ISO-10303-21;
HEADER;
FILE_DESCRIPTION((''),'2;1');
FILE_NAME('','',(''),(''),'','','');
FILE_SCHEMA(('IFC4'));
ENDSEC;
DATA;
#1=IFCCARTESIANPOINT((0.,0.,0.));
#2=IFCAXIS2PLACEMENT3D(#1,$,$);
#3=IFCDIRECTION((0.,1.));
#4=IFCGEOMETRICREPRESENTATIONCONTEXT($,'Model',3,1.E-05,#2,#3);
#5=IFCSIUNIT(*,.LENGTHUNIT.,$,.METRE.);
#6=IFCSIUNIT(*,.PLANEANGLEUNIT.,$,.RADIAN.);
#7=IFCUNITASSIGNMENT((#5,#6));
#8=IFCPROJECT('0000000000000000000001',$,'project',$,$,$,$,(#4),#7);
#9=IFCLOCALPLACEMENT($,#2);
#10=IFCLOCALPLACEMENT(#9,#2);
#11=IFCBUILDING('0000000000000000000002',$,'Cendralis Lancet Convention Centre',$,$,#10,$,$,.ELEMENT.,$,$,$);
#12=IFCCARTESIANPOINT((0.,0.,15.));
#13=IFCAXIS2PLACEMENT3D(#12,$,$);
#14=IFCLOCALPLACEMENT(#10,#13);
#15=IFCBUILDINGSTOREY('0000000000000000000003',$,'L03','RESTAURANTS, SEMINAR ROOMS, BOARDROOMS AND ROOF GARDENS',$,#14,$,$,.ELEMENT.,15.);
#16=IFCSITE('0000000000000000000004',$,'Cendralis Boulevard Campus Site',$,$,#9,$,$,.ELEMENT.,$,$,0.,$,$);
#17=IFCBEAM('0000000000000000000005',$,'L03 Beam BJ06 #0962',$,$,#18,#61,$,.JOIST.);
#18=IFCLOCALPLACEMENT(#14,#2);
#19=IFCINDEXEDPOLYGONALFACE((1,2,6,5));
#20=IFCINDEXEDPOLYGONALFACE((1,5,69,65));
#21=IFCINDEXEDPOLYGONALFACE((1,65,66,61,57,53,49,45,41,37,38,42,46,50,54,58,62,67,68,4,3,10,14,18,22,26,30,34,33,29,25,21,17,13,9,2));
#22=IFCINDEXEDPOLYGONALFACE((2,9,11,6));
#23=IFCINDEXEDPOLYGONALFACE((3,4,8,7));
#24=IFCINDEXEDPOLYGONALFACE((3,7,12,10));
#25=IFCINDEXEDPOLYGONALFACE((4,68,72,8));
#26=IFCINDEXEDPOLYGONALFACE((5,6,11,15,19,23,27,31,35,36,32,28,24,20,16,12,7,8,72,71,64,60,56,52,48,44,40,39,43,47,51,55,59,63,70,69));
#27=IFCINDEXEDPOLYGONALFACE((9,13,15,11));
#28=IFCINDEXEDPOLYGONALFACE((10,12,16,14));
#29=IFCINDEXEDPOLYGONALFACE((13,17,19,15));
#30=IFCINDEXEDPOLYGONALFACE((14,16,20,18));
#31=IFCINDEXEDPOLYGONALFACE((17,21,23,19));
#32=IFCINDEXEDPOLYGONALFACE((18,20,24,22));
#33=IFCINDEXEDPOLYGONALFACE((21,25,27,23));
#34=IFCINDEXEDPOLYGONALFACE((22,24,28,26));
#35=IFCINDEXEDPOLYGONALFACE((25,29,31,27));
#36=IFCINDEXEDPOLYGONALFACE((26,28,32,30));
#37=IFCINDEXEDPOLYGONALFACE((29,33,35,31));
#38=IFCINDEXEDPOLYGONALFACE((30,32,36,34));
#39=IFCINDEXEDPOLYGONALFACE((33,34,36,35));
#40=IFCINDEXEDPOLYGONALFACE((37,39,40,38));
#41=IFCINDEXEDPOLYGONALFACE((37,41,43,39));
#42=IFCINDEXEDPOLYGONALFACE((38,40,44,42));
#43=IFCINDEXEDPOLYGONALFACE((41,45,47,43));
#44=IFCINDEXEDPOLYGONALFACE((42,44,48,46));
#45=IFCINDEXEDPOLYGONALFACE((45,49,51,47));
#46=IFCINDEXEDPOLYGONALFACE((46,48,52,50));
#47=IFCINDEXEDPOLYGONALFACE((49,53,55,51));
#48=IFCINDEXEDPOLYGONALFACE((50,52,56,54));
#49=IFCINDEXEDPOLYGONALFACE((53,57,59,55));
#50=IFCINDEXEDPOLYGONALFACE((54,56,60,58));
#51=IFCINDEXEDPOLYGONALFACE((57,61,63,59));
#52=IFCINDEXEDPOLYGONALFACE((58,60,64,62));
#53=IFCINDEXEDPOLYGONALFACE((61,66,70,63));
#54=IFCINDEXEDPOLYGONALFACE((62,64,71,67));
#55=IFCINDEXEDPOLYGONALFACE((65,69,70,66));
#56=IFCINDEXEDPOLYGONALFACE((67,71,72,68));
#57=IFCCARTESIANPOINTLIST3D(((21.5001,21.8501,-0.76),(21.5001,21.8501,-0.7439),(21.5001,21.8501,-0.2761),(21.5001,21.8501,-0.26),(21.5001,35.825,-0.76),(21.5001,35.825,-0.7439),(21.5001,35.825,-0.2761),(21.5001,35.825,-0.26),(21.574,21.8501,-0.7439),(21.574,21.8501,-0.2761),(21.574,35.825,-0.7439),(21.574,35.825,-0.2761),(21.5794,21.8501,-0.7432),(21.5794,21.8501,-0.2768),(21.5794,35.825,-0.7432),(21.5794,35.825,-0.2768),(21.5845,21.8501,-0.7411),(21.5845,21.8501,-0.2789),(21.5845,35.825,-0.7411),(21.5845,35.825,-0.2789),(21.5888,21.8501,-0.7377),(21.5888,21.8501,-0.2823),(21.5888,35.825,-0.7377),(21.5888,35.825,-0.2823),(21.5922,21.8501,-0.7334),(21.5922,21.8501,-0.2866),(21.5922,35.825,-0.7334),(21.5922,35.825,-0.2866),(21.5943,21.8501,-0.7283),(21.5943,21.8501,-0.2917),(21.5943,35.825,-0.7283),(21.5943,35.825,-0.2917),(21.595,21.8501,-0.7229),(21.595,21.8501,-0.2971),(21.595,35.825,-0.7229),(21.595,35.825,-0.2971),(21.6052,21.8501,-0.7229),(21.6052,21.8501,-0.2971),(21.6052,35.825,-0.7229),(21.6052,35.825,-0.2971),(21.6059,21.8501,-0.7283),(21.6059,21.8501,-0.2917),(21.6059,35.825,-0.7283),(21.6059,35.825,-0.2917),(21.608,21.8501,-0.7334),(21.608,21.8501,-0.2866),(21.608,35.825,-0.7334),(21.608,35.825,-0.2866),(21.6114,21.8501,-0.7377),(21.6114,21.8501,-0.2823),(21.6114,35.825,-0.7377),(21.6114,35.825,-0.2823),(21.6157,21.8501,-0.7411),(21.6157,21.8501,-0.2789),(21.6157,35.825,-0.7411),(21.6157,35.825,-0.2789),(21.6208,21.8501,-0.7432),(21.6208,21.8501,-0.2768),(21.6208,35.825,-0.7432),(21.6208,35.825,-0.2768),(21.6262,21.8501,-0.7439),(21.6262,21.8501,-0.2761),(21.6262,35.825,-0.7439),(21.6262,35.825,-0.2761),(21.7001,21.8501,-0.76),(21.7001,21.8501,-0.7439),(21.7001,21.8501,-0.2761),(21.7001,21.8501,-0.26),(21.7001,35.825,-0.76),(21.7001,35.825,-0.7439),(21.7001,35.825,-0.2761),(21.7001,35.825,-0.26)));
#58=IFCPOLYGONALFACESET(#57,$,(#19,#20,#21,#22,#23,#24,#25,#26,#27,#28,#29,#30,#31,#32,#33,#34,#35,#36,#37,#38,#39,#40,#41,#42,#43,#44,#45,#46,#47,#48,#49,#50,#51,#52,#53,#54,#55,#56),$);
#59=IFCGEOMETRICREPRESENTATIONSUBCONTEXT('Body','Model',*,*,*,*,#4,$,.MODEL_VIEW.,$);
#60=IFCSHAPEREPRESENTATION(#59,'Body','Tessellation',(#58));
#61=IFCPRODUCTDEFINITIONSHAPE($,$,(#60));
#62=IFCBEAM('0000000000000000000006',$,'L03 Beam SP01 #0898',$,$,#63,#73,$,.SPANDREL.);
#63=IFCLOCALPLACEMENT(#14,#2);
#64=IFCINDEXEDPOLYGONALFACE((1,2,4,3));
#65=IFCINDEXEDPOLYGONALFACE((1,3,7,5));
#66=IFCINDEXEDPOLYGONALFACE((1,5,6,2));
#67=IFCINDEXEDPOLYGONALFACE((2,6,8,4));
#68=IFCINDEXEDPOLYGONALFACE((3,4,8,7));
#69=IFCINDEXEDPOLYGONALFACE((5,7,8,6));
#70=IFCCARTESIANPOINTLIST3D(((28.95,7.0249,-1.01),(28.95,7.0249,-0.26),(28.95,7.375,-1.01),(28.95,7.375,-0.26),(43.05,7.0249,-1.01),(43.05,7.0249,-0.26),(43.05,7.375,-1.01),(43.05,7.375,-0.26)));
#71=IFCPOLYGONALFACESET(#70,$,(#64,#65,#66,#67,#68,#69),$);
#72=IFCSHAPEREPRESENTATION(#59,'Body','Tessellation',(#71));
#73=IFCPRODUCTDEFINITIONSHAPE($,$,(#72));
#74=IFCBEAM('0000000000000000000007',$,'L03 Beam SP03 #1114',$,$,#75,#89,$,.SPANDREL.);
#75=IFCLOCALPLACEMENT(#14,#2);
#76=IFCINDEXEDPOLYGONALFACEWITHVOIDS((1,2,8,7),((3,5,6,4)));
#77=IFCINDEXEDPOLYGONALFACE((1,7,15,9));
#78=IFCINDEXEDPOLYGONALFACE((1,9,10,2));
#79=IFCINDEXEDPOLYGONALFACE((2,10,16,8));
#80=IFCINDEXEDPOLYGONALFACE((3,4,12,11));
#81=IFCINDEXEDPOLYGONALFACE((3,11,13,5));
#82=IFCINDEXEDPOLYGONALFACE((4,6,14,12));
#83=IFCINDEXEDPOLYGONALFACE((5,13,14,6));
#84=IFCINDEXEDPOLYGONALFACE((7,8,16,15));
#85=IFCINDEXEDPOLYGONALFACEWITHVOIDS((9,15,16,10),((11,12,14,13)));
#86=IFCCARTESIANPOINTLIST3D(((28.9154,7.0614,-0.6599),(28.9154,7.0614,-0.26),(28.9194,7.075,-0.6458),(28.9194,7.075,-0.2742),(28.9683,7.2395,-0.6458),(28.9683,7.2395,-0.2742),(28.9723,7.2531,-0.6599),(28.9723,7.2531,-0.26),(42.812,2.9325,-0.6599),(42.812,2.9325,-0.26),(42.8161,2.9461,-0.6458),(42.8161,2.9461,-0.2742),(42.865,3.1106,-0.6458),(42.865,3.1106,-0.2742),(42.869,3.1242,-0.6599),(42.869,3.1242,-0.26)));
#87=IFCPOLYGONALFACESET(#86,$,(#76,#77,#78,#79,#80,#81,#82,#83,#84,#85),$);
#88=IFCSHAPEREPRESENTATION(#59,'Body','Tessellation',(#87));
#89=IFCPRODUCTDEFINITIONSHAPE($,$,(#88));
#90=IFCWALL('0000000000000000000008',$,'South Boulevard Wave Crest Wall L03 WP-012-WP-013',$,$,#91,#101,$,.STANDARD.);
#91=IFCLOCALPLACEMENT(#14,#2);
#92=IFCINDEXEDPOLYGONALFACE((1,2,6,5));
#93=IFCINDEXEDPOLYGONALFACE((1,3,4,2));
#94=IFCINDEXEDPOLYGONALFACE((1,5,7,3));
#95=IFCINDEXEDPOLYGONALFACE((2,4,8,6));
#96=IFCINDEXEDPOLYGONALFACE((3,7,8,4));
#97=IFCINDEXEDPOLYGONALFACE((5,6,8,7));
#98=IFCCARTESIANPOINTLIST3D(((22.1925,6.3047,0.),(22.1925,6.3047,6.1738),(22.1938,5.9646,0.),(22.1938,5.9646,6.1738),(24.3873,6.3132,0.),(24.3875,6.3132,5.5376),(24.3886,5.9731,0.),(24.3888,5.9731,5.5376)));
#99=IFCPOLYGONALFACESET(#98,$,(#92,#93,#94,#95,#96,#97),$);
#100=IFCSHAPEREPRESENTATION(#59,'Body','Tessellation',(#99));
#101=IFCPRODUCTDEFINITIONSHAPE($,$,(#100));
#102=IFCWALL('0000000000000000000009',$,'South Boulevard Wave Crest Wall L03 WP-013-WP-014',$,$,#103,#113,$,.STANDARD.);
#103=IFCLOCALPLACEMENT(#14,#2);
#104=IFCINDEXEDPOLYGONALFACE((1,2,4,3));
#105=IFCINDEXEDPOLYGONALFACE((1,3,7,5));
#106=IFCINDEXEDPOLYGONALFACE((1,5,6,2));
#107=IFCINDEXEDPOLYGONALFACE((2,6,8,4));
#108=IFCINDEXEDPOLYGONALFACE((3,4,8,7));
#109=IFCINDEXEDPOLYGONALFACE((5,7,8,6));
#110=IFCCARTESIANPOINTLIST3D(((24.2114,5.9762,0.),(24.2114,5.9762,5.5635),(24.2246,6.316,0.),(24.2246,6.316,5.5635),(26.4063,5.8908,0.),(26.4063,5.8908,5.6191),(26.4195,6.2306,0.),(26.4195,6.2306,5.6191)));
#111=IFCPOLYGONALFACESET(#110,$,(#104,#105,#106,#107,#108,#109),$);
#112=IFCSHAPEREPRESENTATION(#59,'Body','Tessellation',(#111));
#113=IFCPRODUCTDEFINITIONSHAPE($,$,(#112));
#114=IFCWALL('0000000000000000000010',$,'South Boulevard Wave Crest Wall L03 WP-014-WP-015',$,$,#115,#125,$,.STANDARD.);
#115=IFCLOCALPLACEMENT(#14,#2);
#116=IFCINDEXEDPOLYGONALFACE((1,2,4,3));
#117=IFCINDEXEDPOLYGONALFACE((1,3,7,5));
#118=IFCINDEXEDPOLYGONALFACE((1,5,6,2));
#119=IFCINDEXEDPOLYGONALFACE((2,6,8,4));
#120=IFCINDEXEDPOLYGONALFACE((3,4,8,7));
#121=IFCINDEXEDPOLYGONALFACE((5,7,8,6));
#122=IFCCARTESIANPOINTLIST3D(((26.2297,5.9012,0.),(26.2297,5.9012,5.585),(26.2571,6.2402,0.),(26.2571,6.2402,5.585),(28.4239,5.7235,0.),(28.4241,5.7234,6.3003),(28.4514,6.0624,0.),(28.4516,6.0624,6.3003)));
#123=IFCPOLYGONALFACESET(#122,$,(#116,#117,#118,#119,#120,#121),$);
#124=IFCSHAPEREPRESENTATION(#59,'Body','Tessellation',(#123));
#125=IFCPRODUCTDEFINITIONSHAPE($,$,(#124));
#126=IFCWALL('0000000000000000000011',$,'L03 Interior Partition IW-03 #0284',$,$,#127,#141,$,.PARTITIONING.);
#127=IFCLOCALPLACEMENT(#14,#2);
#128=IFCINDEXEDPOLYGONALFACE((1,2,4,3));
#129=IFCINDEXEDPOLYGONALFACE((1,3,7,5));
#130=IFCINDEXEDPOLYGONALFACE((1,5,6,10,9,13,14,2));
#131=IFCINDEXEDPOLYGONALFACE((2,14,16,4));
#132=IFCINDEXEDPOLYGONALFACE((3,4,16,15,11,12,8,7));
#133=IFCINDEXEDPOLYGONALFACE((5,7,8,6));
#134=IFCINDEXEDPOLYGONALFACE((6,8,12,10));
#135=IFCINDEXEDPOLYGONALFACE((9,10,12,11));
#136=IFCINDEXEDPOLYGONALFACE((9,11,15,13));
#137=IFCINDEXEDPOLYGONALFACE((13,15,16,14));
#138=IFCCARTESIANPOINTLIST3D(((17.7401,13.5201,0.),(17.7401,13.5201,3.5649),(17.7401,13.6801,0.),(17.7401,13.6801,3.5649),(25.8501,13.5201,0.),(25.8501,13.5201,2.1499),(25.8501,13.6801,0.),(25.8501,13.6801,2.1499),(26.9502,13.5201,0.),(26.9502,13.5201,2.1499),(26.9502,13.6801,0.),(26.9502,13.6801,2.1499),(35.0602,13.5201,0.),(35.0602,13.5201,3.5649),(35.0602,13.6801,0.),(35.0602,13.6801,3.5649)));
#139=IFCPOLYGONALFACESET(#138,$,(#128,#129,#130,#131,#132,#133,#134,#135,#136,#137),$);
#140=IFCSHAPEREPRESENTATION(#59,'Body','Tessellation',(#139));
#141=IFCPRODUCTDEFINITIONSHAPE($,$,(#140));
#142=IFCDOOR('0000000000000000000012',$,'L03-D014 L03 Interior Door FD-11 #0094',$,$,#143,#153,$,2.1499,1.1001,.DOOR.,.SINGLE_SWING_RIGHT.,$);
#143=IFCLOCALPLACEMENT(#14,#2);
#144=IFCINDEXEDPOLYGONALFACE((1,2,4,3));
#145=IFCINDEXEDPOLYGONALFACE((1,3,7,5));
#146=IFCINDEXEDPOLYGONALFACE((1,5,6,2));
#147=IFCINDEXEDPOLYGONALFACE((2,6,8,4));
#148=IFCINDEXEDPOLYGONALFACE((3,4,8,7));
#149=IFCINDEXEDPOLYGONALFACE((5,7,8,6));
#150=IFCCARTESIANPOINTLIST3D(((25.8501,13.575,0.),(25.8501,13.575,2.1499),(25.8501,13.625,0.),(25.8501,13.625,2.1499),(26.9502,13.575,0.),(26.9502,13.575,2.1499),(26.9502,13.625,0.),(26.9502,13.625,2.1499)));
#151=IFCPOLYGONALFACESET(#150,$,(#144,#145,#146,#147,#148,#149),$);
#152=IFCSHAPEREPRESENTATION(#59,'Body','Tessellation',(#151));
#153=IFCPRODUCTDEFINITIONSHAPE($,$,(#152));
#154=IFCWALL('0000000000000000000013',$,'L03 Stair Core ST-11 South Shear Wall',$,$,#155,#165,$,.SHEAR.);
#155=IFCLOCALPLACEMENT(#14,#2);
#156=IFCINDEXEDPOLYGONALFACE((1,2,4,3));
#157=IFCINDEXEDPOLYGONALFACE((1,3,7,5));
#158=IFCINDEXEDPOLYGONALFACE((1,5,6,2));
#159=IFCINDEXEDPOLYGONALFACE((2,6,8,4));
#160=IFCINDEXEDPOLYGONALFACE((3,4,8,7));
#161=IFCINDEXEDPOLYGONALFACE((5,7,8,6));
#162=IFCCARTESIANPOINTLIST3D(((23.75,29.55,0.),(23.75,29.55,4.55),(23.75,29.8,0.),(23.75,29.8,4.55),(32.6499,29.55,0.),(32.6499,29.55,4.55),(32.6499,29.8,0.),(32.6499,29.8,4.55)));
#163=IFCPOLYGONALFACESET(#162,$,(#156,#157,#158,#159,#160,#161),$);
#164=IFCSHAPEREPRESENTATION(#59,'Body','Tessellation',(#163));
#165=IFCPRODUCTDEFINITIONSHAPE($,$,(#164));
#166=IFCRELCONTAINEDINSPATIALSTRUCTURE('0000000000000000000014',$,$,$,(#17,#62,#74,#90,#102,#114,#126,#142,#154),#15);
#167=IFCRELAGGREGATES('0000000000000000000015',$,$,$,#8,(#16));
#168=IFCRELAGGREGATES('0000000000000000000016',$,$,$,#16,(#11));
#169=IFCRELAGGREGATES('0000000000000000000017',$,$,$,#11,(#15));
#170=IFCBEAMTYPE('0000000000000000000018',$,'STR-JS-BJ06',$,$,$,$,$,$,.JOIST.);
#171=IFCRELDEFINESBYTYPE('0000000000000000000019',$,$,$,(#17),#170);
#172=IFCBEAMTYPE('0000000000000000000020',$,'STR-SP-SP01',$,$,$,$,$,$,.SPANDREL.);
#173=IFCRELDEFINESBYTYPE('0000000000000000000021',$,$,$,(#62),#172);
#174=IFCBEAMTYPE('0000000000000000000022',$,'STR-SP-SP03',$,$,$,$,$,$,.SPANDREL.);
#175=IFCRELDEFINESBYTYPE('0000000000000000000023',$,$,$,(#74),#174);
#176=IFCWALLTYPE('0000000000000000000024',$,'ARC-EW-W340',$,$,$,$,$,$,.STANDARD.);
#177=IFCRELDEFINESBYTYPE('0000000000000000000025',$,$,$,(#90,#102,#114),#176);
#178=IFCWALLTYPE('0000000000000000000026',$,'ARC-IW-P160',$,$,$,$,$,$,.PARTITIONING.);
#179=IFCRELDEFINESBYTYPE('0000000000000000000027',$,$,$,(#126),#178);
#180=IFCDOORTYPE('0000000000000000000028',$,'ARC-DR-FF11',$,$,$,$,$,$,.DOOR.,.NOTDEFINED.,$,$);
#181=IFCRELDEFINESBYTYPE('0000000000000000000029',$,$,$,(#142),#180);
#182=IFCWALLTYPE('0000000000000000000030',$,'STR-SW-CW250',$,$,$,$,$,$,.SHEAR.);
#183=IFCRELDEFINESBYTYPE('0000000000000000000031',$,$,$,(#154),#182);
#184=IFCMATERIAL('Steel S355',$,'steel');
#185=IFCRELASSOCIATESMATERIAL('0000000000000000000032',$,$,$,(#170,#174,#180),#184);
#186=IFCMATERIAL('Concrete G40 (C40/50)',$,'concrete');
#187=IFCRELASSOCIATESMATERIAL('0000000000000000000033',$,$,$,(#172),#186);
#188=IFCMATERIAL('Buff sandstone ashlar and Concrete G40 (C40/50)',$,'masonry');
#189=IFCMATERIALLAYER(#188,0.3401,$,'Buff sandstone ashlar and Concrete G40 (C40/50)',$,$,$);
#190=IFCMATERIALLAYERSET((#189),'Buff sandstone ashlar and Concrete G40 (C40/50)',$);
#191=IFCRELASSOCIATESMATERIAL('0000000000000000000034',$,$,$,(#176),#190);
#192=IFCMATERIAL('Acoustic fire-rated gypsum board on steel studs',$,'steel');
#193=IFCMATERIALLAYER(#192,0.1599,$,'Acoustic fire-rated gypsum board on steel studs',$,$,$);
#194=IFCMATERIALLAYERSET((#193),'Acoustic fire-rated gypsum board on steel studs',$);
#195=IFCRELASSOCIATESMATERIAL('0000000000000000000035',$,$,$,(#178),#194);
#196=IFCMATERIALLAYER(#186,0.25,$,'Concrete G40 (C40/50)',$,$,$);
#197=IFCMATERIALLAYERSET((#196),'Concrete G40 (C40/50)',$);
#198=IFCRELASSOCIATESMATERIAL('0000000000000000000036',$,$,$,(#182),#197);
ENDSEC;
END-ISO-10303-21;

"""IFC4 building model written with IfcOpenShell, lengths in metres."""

from ifc_helpers import new_model, si_unit, direction, frame, frame_2d, origin, origin_2d, place, context, subcontext, project, spatial, polyline, rectangle, hollow_rectangle, i_section, outline, extrude, material, layer, layer_set, material_profile, profile_set, type_object, element, fill, save


model = new_model("IFC4")

# Units and contexts
model_context = context("Model", 3, precision=1e-05, world=origin(), true_north=direction((0.0, 1.0)))
body_context = subcontext(model_context, "Body", "Model", "MODEL_VIEW")
ifc_project = project(units=[si_unit("LENGTHUNIT", "METRE"), si_unit("PLANEANGLEUNIT", "RADIAN")], contexts=[model_context])

# Site, building, storey
site_placement = place(None, origin())
site = spatial("IfcSite", under=ifc_project, at=site_placement, Name="Cendralis Boulevard Campus Site", CompositionType="ELEMENT", RefElevation=0.0)
building_placement = place(site_placement, origin())
building = spatial("IfcBuilding", under=site, at=building_placement, Name="Cendralis Lancet Convention Centre", CompositionType="ELEMENT")
storey_placement = place(building_placement, frame((0.0, 0.0, 15.0)))
storey = spatial("IfcBuildingStorey", under=building, at=storey_placement, Name="L03", Description="RESTAURANTS, SEMINAR ROOMS, BOARDROOMS AND ROOF GARDENS", CompositionType="ELEMENT", Elevation=15.0)

# Shared definitions
ifc_material_1 = material(Name="Concrete G40 (C40/50)", Category="concrete")

# Beams
ifc_material_2 = material(Name="Steel S355", Category="steel")
ifc_material_profile_1 = material_profile(ifc_material_2, i_section(OverallWidth=0.2, OverallDepth=0.5, WebThickness=0.0103, FlangeThickness=0.0161, FilletRadius=0.021, at=origin_2d()), Name="IPE 500")
ifc_profile_set_1 = profile_set([ifc_material_profile_1], Name="Steel S355")
beam_type_1 = type_object("IfcBeamType", Name="STR-JS-BJ06", PredefinedType="JOIST", material=ifc_profile_set_1)
beam_1_placement = place(storey_placement, frame((21.6001, 21.8501, -0.51), z_axis=(0.0, 1.0, 0.0), x_axis=(-1.0, 0.0, 0.0)))
element("IfcBeam", 1, at=beam_1_placement, inside=storey, type_object=beam_type_1, Name="L03 Beam BJ06 #0962", PredefinedType="JOIST", context=body_context, shape_type="SweptSolid", body=[
    extrude(i_section(OverallWidth=0.2, OverallDepth=0.5, WebThickness=0.0103, FlangeThickness=0.0161, FilletRadius=0.021, at=origin_2d()), origin(), (0.0, 0.0, 1.0), 13.9749),
])
ifc_material_profile_2 = material_profile(ifc_material_1, rectangle(XDim=0.3501, YDim=0.75, at=origin_2d()), Name="RCB 350x750")
ifc_profile_set_2 = profile_set([ifc_material_profile_2], Name="Concrete G40 (C40/50)")
beam_type_2 = type_object("IfcBeamType", Name="STR-SP-SP01", PredefinedType="SPANDREL", material=ifc_profile_set_2)
beam_2_placement = place(storey_placement, frame((28.95, 7.2, -0.635), z_axis=(1.0, 0.0, 0.0), x_axis=(0.0, 1.0, 0.0)))
element("IfcBeam", 2, at=beam_2_placement, inside=storey, type_object=beam_type_2, Name="L03 Beam SP01 #0898", PredefinedType="SPANDREL", context=body_context, shape_type="SweptSolid", body=[
    extrude(rectangle(XDim=0.3501, YDim=0.75, at=origin_2d()), origin(), (0.0, 0.0, 1.0), 14.1001),
])
ifc_material_profile_3 = material_profile(ifc_material_2, hollow_rectangle(XDim=0.2, YDim=0.3999, WallThickness=0.0142, at=origin_2d()), Name="RHS 400x200x14.2")
ifc_profile_set_3 = profile_set([ifc_material_profile_3], Name="Steel S355")
beam_type_3 = type_object("IfcBeamType", Name="STR-SP-SP03", PredefinedType="SPANDREL", material=ifc_profile_set_3)
beam_3_placement = place(storey_placement, frame((28.9438, 7.1572, -0.46), z_axis=(0.958584, -0.284808, 0.0), x_axis=(0.284808, 0.958584, 0.0)))
element("IfcBeam", 3, at=beam_3_placement, inside=storey, type_object=beam_type_3, Name="L03 Beam SP03 #1114", PredefinedType="SPANDREL", context=body_context, shape_type="SweptSolid", body=[
    extrude(hollow_rectangle(XDim=0.2, YDim=0.3999, WallThickness=0.0142, at=origin_2d()), origin(), (0.0, 0.0, 1.0), 14.4971),
])

# Walls
ifc_material_3 = material(Name="Buff sandstone ashlar and Concrete G40 (C40/50)", Category="masonry")
ifc_layer_1 = layer(ifc_material_3, 0.3401, Name="Buff sandstone ashlar and Concrete G40 (C40/50)")
ifc_layer_set_1 = layer_set([ifc_layer_1], Name="Buff sandstone ashlar and Concrete G40 (C40/50)")
wall_type_1 = type_object("IfcWallType", Name="ARC-EW-W340", PredefinedType="STANDARD", material=ifc_layer_set_1)
wall_1_placement = place(storey_placement, frame((22.1931, 6.1348, 0.0), z_axis=(0.0, 0.0, 1.0), x_axis=(0.999992, 0.003893, 0.0)))
element("IfcWall", 4, at=wall_1_placement, inside=storey, type_object=wall_type_1, Name="South Boulevard Wave Crest Wall L03 WP-012-WP-013", PredefinedType="STANDARD", context=body_context, shape_type="SweptSolid", body=[
    extrude(outline(polyline([(0.0, 0.0), (2.1948, 0.0), (2.1951, 5.5376), (0.0, 6.1738), (0.0, 0.0)])), frame((0.0, 0.1699, 0.0), z_axis=(0.0, -1.0, 0.0), x_axis=(1.0, 0.0, 0.0)), (0.0, 0.0, 1.0), 0.3401),
])
wall_2_placement = place(storey_placement, frame((24.218, 6.1462, 0.0), z_axis=(0.0, 0.0, 1.0), x_axis=(0.999243, -0.038903, 0.0)))
element("IfcWall", 5, at=wall_2_placement, inside=storey, type_object=wall_type_1, Name="South Boulevard Wave Crest Wall L03 WP-013-WP-014", PredefinedType="STANDARD", context=body_context, shape_type="SweptSolid", body=[
    extrude(outline(polyline([(0.0, 0.0), (2.1965, 0.0), (2.1965, 5.6191), (0.0, 5.5635), (0.0, 0.0)])), frame((0.0, 0.1699, 0.0), z_axis=(0.0, -1.0, 0.0), x_axis=(1.0, 0.0, 0.0)), (0.0, 0.0, 1.0), 0.3401),
])
wall_3_placement = place(storey_placement, frame((26.2434, 6.0708, 0.0), z_axis=(0.0, 0.0, 1.0), x_axis=(0.996736, -0.080732, 0.0)))
element("IfcWall", 6, at=wall_3_placement, inside=storey, type_object=wall_type_1, Name="South Boulevard Wave Crest Wall L03 WP-014-WP-015", PredefinedType="STANDARD", context=body_context, shape_type="SweptSolid", body=[
    extrude(outline(polyline([(0.0, 0.0), (2.2014, 0.0), (2.2017, 6.3003), (0.0, 5.585), (0.0, 0.0)])), frame((0.0, 0.1699, 0.0), z_axis=(0.0, -1.0, 0.0), x_axis=(1.0, 0.0, 0.0)), (0.0, 0.0, 1.0), 0.3401),
])

# Wall, opening, door
ifc_material_4 = material(Name="Acoustic fire-rated gypsum board on steel studs", Category="steel")
ifc_layer_2 = layer(ifc_material_4, 0.1599, Name="Acoustic fire-rated gypsum board on steel studs")
ifc_layer_set_2 = layer_set([ifc_layer_2], Name="Acoustic fire-rated gypsum board on steel studs")
wall_type_2 = type_object("IfcWallType", Name="ARC-IW-P160", PredefinedType="PARTITIONING", material=ifc_layer_set_2)
wall_4_placement = place(storey_placement, frame((17.74, 13.6001, 0.0), z_axis=(0.0, 0.0, 1.0), x_axis=(1.0, 0.0, 0.0)))
wall_4 = element("IfcWall", 7, at=wall_4_placement, inside=storey, type_object=wall_type_2, Name="L03 Interior Partition IW-03 #0284", PredefinedType="PARTITIONING", context=body_context, shape_type="SweptSolid", body=[
    extrude(rectangle(XDim=17.3201, YDim=0.1599, at=frame_2d((8.6602, 0.0))), origin(), (0.0, 0.0, 1.0), 3.5649),
])
opening_1_placement = place(wall_4_placement, frame((8.1101, 0.0, 0.0)))
opening_1 = element("IfcOpeningElement", 8, at=opening_1_placement, cuts=wall_4, PredefinedType="OPENING", context=body_context, shape_type="SweptSolid", body=[
    extrude(rectangle(XDim=1.1001, YDim=2.1499, at=frame_2d((0.55, 1.075))), frame((0.0, 0.0898, 0.0), z_axis=(0.0, -1.0, 0.0), x_axis=(1.0, 0.0, 0.0)), (0.0, 0.0, 1.0), 0.1799),
])
door_type_1 = type_object("IfcDoorType", Name="ARC-DR-FF11", OperationType="NOTDEFINED", PredefinedType="DOOR", material=ifc_material_2)
door_1_placement = place(opening_1_placement, origin())
door_1 = element("IfcDoor", 9, at=door_1_placement, inside=storey, type_object=door_type_1, Name="L03-D014 L03 Interior Door FD-11 #0094", OperationType="SINGLE_SWING_RIGHT", OverallHeight=2.1499, OverallWidth=1.1001, PredefinedType="DOOR", context=body_context, shape_type="SweptSolid", body=[
    extrude(rectangle(XDim=1.1001, YDim=2.1499, at=frame_2d((0.55, 1.075))), frame((0.0, 0.0249, 0.0), z_axis=(0.0, -1.0, 0.0), x_axis=(1.0, 0.0, 0.0)), (0.0, 0.0, 1.0), 0.05),
])
fill(opening_1, door_1)
ifc_layer_3 = layer(ifc_material_1, 0.25, Name="Concrete G40 (C40/50)")
ifc_layer_set_3 = layer_set([ifc_layer_3], Name="Concrete G40 (C40/50)")
wall_type_3 = type_object("IfcWallType", Name="STR-SW-CW250", PredefinedType="SHEAR", material=ifc_layer_set_3)

# Wall
wall_5_placement = place(storey_placement, frame((23.75, 29.675, 0.0), z_axis=(0.0, 0.0, 1.0), x_axis=(1.0, 0.0, 0.0)))
element("IfcWall", 10, at=wall_5_placement, inside=storey, type_object=wall_type_3, Name="L03 Stair Core ST-11 South Shear Wall", PredefinedType="SHEAR", context=body_context, shape_type="SweptSolid", body=[
    extrude(rectangle(XDim=8.8999, YDim=0.25, at=frame_2d((4.45, 0.0))), origin(), (0.0, 0.0, 1.0), 4.55),
])

save(model, "model.ifc")
